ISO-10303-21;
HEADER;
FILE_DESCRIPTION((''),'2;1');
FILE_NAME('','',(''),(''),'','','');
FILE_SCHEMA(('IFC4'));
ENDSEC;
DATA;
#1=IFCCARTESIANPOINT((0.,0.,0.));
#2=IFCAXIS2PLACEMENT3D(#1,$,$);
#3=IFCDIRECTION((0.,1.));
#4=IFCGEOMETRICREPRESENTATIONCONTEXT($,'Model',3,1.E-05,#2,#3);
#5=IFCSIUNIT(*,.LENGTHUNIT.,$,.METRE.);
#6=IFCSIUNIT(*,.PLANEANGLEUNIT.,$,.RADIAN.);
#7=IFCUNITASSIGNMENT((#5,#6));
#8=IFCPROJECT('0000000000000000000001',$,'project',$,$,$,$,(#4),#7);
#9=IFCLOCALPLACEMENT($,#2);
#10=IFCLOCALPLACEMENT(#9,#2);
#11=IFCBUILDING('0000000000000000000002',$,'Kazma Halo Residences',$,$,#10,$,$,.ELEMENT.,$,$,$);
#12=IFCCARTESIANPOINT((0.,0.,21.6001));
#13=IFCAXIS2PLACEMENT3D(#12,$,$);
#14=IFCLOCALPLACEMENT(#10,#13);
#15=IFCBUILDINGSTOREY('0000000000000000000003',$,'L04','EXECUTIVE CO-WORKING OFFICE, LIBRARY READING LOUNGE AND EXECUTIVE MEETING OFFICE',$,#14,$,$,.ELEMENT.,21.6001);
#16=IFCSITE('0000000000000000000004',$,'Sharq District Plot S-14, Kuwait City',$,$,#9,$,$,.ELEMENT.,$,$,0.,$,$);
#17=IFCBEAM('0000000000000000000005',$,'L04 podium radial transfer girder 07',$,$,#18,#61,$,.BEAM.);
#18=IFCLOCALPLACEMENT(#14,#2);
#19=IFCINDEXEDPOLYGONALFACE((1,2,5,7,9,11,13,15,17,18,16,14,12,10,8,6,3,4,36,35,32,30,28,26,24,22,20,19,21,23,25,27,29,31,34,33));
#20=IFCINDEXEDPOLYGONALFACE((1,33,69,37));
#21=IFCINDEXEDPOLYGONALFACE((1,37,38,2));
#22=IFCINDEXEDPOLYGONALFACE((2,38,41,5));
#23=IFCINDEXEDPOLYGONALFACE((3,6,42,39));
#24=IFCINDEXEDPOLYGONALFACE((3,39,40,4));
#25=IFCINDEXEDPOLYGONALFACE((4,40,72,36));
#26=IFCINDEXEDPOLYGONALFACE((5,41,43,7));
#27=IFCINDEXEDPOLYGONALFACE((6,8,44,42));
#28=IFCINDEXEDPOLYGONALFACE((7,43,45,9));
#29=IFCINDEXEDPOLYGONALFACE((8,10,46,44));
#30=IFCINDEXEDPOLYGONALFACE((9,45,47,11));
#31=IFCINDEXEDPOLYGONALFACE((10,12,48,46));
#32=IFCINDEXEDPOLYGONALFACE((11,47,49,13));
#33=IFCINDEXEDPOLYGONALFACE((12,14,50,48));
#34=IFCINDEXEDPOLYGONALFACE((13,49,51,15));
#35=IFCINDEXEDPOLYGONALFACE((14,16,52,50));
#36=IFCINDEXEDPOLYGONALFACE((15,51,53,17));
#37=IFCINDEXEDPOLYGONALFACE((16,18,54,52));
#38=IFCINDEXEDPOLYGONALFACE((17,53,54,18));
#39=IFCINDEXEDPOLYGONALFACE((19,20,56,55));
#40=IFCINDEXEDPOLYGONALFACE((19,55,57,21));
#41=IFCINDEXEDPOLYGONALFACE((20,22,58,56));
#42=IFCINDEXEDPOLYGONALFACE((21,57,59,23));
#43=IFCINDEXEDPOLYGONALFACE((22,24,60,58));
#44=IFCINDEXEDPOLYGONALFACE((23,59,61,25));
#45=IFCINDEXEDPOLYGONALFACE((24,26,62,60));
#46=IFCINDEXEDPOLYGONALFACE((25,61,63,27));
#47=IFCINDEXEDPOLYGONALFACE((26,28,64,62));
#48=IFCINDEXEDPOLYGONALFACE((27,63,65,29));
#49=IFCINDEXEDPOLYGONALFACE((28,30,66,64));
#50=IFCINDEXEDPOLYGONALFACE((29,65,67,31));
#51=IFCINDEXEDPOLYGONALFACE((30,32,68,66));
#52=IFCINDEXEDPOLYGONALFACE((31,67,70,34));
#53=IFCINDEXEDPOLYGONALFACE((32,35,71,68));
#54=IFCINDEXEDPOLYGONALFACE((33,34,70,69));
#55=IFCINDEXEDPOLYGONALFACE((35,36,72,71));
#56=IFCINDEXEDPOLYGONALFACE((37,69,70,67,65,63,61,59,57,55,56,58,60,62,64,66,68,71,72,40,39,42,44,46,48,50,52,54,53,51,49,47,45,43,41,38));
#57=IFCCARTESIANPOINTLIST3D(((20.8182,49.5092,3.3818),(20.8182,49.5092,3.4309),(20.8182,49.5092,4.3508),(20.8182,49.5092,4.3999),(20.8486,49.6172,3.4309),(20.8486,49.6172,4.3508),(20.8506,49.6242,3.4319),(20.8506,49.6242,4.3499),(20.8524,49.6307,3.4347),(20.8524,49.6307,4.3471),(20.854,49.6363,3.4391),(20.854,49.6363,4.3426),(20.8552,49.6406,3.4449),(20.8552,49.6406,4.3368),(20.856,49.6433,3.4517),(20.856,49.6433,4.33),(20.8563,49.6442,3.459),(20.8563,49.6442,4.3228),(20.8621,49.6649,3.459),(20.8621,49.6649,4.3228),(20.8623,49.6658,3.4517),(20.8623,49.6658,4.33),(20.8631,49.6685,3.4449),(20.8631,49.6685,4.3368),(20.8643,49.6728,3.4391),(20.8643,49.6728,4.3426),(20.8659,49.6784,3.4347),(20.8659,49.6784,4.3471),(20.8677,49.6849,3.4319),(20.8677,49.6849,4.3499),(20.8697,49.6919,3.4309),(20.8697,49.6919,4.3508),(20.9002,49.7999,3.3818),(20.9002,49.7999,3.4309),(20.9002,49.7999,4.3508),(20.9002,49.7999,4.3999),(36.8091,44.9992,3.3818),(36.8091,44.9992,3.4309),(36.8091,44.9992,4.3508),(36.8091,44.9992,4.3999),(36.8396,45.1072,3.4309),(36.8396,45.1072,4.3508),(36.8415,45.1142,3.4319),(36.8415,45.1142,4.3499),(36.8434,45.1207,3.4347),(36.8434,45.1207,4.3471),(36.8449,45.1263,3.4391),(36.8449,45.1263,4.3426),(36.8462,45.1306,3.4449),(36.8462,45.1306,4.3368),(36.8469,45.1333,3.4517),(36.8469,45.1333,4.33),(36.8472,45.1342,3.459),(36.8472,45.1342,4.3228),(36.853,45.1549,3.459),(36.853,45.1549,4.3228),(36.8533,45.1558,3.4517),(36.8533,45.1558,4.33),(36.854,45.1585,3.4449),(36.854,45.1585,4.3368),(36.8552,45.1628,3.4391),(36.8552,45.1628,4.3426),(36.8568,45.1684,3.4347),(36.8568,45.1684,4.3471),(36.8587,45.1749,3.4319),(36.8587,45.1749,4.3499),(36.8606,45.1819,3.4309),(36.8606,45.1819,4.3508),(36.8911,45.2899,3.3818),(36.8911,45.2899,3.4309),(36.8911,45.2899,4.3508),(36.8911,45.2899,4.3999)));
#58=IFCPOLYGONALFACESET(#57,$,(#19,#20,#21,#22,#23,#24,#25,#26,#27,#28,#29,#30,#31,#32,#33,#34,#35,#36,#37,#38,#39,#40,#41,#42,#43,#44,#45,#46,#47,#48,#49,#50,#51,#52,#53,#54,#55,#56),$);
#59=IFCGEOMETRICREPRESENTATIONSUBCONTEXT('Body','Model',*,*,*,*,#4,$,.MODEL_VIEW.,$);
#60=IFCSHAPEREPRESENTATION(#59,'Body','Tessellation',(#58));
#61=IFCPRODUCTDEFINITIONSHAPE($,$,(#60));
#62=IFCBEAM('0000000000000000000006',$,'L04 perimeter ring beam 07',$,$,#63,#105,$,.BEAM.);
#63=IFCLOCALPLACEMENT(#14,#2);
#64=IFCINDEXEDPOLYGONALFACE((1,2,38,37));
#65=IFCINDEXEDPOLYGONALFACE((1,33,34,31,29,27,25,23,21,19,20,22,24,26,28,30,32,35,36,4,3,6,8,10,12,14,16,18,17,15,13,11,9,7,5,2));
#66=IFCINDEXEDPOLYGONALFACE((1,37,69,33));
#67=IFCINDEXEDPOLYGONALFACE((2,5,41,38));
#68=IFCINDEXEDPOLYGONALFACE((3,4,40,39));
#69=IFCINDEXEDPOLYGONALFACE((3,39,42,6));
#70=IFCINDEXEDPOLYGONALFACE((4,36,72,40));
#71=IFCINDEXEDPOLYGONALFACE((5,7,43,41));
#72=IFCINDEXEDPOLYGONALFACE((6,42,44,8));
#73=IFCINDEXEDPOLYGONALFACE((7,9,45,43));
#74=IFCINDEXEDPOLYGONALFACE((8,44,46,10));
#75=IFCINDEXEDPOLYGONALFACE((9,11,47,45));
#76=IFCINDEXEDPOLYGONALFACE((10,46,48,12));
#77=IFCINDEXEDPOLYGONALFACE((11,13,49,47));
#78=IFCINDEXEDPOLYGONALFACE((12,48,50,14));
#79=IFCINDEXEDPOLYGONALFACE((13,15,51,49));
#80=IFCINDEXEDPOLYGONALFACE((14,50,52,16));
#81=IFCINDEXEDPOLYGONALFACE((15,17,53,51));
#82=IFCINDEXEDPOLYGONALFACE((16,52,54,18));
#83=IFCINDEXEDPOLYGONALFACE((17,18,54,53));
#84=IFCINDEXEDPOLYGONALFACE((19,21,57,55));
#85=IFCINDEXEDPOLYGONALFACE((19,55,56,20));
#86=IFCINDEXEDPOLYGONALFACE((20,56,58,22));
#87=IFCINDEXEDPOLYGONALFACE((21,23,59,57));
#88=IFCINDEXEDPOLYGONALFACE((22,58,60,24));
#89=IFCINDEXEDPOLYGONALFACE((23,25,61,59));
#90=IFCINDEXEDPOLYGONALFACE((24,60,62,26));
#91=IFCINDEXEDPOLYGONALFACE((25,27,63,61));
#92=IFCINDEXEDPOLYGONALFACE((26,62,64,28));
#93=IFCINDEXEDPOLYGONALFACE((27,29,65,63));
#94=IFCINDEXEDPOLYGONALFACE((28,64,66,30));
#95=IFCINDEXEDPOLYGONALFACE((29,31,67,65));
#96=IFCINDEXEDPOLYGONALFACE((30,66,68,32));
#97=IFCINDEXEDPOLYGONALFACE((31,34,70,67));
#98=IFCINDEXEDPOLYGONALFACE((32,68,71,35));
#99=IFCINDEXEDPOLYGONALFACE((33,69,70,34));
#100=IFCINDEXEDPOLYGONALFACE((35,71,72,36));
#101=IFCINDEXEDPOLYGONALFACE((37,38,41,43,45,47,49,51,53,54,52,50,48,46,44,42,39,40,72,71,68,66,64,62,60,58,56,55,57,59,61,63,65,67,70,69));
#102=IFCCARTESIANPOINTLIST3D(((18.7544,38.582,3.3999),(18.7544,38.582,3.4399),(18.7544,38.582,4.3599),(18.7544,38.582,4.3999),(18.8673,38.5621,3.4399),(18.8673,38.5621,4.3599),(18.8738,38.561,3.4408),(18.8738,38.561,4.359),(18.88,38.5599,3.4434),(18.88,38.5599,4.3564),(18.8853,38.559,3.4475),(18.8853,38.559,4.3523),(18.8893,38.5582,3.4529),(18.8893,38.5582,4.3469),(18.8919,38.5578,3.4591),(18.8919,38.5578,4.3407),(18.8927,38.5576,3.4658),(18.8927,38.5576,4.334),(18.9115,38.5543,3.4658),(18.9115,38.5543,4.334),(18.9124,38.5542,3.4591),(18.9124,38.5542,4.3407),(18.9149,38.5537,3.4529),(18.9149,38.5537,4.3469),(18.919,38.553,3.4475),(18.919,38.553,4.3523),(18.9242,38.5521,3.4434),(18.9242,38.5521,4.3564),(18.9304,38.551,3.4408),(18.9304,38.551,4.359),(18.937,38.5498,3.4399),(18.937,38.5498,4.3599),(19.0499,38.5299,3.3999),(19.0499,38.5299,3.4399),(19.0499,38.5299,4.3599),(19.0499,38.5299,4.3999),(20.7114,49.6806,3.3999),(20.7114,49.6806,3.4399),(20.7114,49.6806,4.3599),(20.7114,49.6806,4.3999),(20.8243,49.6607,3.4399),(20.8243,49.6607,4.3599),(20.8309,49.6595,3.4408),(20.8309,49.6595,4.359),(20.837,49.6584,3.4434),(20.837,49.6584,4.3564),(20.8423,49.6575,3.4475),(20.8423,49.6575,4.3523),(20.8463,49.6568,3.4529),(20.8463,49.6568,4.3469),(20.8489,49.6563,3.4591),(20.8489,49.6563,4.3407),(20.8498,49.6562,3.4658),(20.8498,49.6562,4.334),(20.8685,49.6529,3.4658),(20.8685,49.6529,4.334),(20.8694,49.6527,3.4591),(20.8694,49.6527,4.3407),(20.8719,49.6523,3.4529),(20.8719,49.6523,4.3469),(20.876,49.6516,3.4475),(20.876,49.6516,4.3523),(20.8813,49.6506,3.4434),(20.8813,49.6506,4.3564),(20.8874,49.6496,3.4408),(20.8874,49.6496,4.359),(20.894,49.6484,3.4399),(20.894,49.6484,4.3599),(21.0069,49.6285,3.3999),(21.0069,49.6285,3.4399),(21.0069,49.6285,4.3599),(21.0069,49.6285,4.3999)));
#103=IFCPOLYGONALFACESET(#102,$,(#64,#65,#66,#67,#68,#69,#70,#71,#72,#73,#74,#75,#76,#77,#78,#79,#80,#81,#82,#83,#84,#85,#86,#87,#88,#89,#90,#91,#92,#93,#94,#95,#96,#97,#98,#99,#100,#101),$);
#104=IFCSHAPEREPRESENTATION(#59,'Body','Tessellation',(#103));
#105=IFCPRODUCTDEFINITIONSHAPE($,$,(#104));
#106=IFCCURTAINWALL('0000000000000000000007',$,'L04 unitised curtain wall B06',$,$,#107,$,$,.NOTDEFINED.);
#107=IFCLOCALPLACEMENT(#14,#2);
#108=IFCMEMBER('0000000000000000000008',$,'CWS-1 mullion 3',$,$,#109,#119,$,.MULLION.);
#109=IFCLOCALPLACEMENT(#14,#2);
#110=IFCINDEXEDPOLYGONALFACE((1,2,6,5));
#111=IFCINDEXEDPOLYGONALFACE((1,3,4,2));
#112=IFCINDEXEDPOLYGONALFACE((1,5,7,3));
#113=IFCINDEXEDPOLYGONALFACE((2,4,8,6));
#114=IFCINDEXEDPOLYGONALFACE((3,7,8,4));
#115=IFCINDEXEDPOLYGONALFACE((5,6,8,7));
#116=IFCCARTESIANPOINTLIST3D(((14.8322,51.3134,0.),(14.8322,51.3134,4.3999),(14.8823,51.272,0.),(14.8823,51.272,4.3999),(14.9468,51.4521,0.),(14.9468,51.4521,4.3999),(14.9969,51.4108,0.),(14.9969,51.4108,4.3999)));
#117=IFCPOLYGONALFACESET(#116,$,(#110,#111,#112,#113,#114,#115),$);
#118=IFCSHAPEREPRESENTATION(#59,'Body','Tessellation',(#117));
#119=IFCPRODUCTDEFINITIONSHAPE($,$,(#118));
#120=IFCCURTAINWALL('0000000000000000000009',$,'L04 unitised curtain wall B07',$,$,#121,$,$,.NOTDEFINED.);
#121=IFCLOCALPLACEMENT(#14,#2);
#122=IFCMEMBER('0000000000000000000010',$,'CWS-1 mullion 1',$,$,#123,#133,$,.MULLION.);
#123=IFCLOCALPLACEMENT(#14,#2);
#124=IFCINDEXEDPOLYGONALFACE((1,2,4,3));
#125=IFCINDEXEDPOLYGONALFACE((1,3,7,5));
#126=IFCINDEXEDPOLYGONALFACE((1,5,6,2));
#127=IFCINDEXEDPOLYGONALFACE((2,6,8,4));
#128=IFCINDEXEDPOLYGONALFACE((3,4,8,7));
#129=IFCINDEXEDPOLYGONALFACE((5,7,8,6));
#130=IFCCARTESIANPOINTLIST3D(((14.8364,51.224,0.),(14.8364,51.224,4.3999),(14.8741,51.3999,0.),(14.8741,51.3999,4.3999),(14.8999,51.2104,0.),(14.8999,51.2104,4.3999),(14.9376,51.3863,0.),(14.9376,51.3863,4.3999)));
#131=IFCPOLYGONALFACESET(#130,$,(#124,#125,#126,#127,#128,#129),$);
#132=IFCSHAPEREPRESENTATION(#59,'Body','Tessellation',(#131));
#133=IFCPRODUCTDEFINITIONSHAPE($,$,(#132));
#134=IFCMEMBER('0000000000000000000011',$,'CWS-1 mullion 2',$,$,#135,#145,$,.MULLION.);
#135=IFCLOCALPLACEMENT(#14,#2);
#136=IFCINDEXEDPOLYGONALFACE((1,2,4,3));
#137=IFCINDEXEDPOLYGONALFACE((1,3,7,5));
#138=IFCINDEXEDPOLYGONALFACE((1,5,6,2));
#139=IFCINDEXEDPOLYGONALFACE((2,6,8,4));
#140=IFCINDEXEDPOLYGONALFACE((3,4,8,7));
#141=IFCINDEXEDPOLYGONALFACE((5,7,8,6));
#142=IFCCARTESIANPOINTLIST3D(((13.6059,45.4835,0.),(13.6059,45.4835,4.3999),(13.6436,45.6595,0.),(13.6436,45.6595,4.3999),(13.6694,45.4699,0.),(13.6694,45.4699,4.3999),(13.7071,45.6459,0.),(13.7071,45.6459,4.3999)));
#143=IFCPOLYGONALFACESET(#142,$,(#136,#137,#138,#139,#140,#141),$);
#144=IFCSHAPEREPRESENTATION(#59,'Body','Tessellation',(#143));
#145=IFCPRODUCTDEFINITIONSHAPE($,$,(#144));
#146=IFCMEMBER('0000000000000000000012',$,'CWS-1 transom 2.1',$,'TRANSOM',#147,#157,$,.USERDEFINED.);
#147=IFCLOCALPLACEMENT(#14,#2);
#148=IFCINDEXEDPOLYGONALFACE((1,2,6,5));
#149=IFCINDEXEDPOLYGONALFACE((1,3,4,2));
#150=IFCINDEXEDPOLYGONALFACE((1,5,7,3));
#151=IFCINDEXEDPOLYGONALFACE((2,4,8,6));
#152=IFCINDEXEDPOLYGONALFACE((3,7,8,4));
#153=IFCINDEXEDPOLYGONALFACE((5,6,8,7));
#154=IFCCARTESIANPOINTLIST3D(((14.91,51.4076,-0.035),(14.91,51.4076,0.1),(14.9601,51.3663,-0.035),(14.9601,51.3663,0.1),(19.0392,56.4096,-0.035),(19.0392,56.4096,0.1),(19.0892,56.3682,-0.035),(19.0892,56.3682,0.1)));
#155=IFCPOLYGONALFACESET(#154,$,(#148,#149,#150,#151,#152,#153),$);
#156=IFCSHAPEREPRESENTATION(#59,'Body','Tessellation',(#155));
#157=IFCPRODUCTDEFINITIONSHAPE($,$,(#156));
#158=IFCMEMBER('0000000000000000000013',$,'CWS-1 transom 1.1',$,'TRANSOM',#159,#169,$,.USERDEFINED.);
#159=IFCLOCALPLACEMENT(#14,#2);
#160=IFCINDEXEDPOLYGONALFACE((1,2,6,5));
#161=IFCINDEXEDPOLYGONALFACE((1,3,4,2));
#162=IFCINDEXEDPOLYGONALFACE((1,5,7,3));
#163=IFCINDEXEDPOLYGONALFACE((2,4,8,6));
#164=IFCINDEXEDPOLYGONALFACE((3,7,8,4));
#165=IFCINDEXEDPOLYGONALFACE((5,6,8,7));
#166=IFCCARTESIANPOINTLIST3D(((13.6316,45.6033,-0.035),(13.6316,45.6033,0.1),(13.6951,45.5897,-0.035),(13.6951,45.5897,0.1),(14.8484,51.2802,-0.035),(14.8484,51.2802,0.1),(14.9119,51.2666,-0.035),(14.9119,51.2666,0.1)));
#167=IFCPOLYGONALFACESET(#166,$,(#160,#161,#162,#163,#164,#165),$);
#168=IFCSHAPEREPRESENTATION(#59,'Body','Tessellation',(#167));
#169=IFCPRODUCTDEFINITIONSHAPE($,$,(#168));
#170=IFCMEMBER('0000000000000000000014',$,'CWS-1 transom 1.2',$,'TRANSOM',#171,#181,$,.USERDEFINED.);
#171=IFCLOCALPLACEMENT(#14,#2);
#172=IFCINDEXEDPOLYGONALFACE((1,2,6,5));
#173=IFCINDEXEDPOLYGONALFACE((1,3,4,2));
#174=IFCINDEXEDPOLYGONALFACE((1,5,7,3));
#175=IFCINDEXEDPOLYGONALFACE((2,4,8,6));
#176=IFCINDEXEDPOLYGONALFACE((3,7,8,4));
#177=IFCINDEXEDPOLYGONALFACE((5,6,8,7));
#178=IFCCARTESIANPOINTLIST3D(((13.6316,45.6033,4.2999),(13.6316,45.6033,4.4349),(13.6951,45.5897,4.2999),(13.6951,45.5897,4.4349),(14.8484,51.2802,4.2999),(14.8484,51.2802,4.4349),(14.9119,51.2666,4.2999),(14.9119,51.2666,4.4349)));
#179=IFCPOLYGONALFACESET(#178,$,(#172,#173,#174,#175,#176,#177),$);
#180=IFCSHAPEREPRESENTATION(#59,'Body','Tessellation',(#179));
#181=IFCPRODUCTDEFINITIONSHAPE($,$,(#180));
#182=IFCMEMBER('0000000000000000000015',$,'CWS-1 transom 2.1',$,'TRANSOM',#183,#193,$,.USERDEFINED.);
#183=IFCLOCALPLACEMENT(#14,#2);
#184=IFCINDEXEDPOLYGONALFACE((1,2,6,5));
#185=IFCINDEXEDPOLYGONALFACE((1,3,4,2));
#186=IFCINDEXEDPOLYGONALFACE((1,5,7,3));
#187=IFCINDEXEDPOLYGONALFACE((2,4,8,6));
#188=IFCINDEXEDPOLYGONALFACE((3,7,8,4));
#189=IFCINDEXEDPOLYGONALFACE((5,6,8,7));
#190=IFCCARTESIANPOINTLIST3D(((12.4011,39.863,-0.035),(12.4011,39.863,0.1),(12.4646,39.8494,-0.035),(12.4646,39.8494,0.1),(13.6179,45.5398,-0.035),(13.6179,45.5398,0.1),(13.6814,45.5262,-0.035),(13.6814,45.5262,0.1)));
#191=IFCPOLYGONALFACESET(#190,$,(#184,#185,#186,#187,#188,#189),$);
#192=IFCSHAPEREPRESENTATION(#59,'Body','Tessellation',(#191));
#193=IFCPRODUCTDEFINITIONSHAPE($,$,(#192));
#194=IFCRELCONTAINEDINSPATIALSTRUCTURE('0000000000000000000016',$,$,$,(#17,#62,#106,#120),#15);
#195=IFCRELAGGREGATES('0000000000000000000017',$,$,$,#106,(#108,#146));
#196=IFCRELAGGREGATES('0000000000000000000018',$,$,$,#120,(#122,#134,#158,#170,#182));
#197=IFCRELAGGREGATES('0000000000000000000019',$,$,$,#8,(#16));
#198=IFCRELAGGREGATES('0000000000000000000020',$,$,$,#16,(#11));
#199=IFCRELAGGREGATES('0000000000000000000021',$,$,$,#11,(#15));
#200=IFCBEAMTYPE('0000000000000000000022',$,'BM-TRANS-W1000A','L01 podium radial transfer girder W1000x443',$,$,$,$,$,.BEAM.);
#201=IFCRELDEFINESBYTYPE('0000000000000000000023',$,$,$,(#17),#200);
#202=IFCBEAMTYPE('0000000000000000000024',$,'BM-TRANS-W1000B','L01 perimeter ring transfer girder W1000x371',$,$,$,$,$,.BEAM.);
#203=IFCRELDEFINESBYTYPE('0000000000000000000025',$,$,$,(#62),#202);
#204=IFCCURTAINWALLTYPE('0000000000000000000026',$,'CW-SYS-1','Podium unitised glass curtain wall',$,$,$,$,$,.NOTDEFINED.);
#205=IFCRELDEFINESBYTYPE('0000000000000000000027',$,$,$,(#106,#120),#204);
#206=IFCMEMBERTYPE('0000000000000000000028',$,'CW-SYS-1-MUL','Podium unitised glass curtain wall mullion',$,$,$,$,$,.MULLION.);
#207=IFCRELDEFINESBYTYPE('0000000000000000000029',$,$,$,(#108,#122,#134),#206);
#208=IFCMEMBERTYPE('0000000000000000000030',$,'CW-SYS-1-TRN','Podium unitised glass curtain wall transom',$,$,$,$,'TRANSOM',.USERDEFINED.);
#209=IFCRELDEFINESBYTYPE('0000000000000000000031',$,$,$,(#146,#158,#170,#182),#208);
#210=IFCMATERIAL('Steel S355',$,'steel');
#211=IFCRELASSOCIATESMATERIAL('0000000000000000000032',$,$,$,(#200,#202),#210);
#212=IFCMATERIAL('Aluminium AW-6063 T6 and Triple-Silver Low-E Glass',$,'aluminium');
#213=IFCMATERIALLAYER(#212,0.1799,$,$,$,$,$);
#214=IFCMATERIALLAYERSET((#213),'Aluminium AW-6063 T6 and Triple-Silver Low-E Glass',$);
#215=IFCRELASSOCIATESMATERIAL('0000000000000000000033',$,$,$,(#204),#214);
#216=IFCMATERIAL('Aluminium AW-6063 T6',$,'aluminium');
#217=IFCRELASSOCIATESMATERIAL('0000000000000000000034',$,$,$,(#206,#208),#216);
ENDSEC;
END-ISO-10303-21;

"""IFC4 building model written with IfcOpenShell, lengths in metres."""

from ifc_helpers import new_model, si_unit, direction, frame, origin, origin_2d, place, context, subcontext, project, spatial, rectangle, i_section, extrude, material, layer, layer_set, material_profile, profile_set, type_object, element, aggregate, save


model = new_model("IFC4")

# Units and contexts
model_context = context("Model", 3, precision=1e-05, world=origin(), true_north=direction((0.0, 1.0)))
body_context = subcontext(model_context, "Body", "Model", "MODEL_VIEW")
ifc_project = project(units=[si_unit("LENGTHUNIT", "METRE"), si_unit("PLANEANGLEUNIT", "RADIAN")], contexts=[model_context])

# Site, building, storey
site_placement = place(None, origin())
site = spatial("IfcSite", under=ifc_project, at=site_placement, Name="Sharq District Plot S-14, Kuwait City", CompositionType="ELEMENT", RefElevation=0.0)
building_placement = place(site_placement, origin())
building = spatial("IfcBuilding", under=site, at=building_placement, Name="Kazma Halo Residences", CompositionType="ELEMENT")
storey_placement = place(building_placement, frame((0.0, 0.0, 21.6001)))
storey = spatial("IfcBuildingStorey", under=building, at=storey_placement, Name="L04", Description="EXECUTIVE CO-WORKING OFFICE, LIBRARY READING LOUNGE AND EXECUTIVE MEETING OFFICE", CompositionType="ELEMENT", Elevation=21.6001)

# Beams
ifc_material_1 = material(Name="Steel S355", Category="steel")
ifc_material_profile_1 = material_profile(ifc_material_1, i_section(OverallWidth=0.302, OverallDepth=1.0181, WebThickness=0.0215, FlangeThickness=0.0491, FilletRadius=0.0281, at=origin_2d()), Name="W1000x443")
ifc_profile_set_1 = profile_set([ifc_material_profile_1], Name="Steel S355")
beam_type_1 = type_object("IfcBeamType", Name="BM-TRANS-W1000A", Description="L01 podium radial transfer girder W1000x443", PredefinedType="BEAM", material=ifc_profile_set_1)
beam_1_placement = place(storey_placement, frame((36.8501, 45.1445, 3.8909), z_axis=(-0.962454, 0.271446, 0.0), x_axis=(-0.271446, -0.962454, 0.0)))
element("IfcBeam", 1, at=beam_1_placement, inside=storey, type_object=beam_type_1, Name="L04 podium radial transfer girder 07", PredefinedType="BEAM", context=body_context, shape_type="SweptSolid", body=[
    extrude(i_section(OverallWidth=0.302, OverallDepth=1.0181, WebThickness=0.0215, FlangeThickness=0.0491, FilletRadius=0.0281, at=origin_2d()), origin(), (0.0, 0.0, 1.0), 16.6147),
])
ifc_material_profile_2 = material_profile(ifc_material_1, i_section(OverallWidth=0.3, OverallDepth=1.0, WebThickness=0.019, FlangeThickness=0.04, FilletRadius=0.0259, at=origin_2d()), Name="W1000x371")
ifc_profile_set_2 = profile_set([ifc_material_profile_2], Name="Steel S355")
beam_type_2 = type_object("IfcBeamType", Name="BM-TRANS-W1000B", Description="L01 perimeter ring transfer girder W1000x371", PredefinedType="BEAM", material=ifc_profile_set_2)
beam_2_placement = place(storey_placement, frame((20.8591, 49.6545, 3.8999), z_axis=(-0.173652, -0.984807, 0.0), x_axis=(0.984807, -0.173652, 0.0)))
element("IfcBeam", 2, at=beam_2_placement, inside=storey, type_object=beam_type_2, Name="L04 perimeter ring beam 07", PredefinedType="BEAM", context=body_context, shape_type="SweptSolid", body=[
    extrude(i_section(OverallWidth=0.3, OverallDepth=1.0, WebThickness=0.019, FlangeThickness=0.04, FilletRadius=0.0259, at=origin_2d()), origin(), (0.0, 0.0, 1.0), 11.2698),
])

# Curtain wall, member
ifc_material_2 = material(Name="Aluminium AW-6063 T6 and Triple-Silver Low-E Glass", Category="aluminium")
ifc_layer_1 = layer(ifc_material_2, 0.1799)
ifc_layer_set_1 = layer_set([ifc_layer_1], Name="Aluminium AW-6063 T6 and Triple-Silver Low-E Glass")
curtain_wall_type = type_object("IfcCurtainWallType", Name="CW-SYS-1", Description="Podium unitised glass curtain wall", PredefinedType="NOTDEFINED", material=ifc_layer_set_1)
curtain_wall_1_placement = place(storey_placement, origin())
curtain_wall_1 = element("IfcCurtainWall", 3, at=curtain_wall_1_placement, inside=storey, type_object=curtain_wall_type, Name="L04 unitised curtain wall B06", PredefinedType="NOTDEFINED")
ifc_material_3 = material(Name="Aluminium AW-6063 T6", Category="aluminium")
ifc_material_profile_3 = material_profile(ifc_material_3, rectangle(XDim=0.0649, YDim=0.1799, at=origin_2d()), Name="CWM-65x180")
ifc_profile_set_3 = profile_set([ifc_material_profile_3], Name="Aluminium AW-6063 T6")
member_type_1 = type_object("IfcMemberType", Name="CW-SYS-1-MUL", Description="Podium unitised glass curtain wall mullion", PredefinedType="MULLION", material=ifc_profile_set_3)
member_1_placement = place(storey_placement, frame((14.9146, 51.3621, 0.0), z_axis=(0.0, 0.0, 1.0), x_axis=(0.771192, -0.636603, 0.0)))
member_1 = element("IfcMember", 4, at=member_1_placement, type_object=member_type_1, Name="CWS-1 mullion 3", PredefinedType="MULLION", context=body_context, shape_type="SweptSolid", body=[
    extrude(rectangle(XDim=0.0649, YDim=0.1799, at=origin_2d()), origin(), (0.0, 0.0, 1.0), 4.3999),
])

# Curtain wall, members
curtain_wall_2_placement = place(storey_placement, origin())
curtain_wall_2 = element("IfcCurtainWall", 5, at=curtain_wall_2_placement, inside=storey, type_object=curtain_wall_type, Name="L04 unitised curtain wall B07", PredefinedType="NOTDEFINED")
member_2_placement = place(storey_placement, frame((14.887, 51.3052, 0.0), z_axis=(0.0, 0.0, 1.0), x_axis=(0.977788, -0.209596, 0.0)))
member_2 = element("IfcMember", 6, at=member_2_placement, type_object=member_type_1, Name="CWS-1 mullion 1", PredefinedType="MULLION", context=body_context, shape_type="SweptSolid", body=[
    extrude(rectangle(XDim=0.0649, YDim=0.1799, at=origin_2d()), origin(), (0.0, 0.0, 1.0), 4.3999),
])
member_3_placement = place(storey_placement, frame((13.6565, 45.5647, 0.0), z_axis=(0.0, 0.0, 1.0), x_axis=(0.977788, -0.209596, 0.0)))
member_3 = element("IfcMember", 7, at=member_3_placement, type_object=member_type_1, Name="CWS-1 mullion 2", PredefinedType="MULLION", context=body_context, shape_type="SweptSolid", body=[
    extrude(rectangle(XDim=0.0649, YDim=0.1799, at=origin_2d()), origin(), (0.0, 0.0, 1.0), 4.3999),
])

# Members
ifc_material_profile_4 = material_profile(ifc_material_3, rectangle(XDim=0.0649, YDim=0.135, at=origin_2d()), Name="CWT-65x135")
ifc_profile_set_4 = profile_set([ifc_material_profile_4], Name="Aluminium AW-6063 T6")
member_type_2 = type_object("IfcMemberType", Name="CW-SYS-1-TRN", Description="Podium unitised glass curtain wall transom", ElementType="TRANSOM", PredefinedType="USERDEFINED", material=ifc_profile_set_4)
member_4_placement = place(storey_placement, frame((19.0642, 56.3889, 0.0325), z_axis=(-0.636616, -0.771181, 0.0), x_axis=(0.771181, -0.636616, 0.0)))
member_4 = element("IfcMember", 8, at=member_4_placement, type_object=member_type_2, Name="CWS-1 transom 2.1", ObjectType="TRANSOM", PredefinedType="USERDEFINED", context=body_context, shape_type="SweptSolid", body=[
    extrude(rectangle(XDim=0.0649, YDim=0.135, at=origin_2d()), origin(), (0.0, 0.0, 1.0), 6.4861),
])
member_5_placement = place(storey_placement, frame((14.8801, 51.2734, 0.0325), z_axis=(-0.209578, -0.977792, 0.0), x_axis=(0.977792, -0.209578, 0.0)))
member_5 = element("IfcMember", 9, at=member_5_placement, type_object=member_type_2, Name="CWS-1 transom 1.1", ObjectType="TRANSOM", PredefinedType="USERDEFINED", context=body_context, shape_type="SweptSolid", body=[
    extrude(rectangle(XDim=0.0649, YDim=0.135, at=origin_2d()), origin(), (0.0, 0.0, 1.0), 5.8059),
])
member_6_placement = place(storey_placement, frame((14.8801, 51.2734, 4.3674), z_axis=(-0.209578, -0.977792, 0.0), x_axis=(0.977792, -0.209578, 0.0)))
member_6 = element("IfcMember", 10, at=member_6_placement, type_object=member_type_2, Name="CWS-1 transom 1.2", ObjectType="TRANSOM", PredefinedType="USERDEFINED", context=body_context, shape_type="SweptSolid", body=[
    extrude(rectangle(XDim=0.0649, YDim=0.135, at=origin_2d()), origin(), (0.0, 0.0, 1.0), 5.8059),
])
member_7_placement = place(storey_placement, frame((13.6497, 45.533, 0.0325), z_axis=(-0.209587, -0.97779, 0.0), x_axis=(0.97779, -0.209587, 0.0)))
member_7 = element("IfcMember", 11, at=member_7_placement, type_object=member_type_2, Name="CWS-1 transom 2.1", ObjectType="TRANSOM", PredefinedType="USERDEFINED", context=body_context, shape_type="SweptSolid", body=[
    extrude(rectangle(XDim=0.0649, YDim=0.135, at=origin_2d()), origin(), (0.0, 0.0, 1.0), 5.8057),
])

aggregate(curtain_wall_1, [member_1, member_4])
aggregate(curtain_wall_2, [member_2, member_3, member_5, member_6, member_7])

save(model, "model.ifc")
